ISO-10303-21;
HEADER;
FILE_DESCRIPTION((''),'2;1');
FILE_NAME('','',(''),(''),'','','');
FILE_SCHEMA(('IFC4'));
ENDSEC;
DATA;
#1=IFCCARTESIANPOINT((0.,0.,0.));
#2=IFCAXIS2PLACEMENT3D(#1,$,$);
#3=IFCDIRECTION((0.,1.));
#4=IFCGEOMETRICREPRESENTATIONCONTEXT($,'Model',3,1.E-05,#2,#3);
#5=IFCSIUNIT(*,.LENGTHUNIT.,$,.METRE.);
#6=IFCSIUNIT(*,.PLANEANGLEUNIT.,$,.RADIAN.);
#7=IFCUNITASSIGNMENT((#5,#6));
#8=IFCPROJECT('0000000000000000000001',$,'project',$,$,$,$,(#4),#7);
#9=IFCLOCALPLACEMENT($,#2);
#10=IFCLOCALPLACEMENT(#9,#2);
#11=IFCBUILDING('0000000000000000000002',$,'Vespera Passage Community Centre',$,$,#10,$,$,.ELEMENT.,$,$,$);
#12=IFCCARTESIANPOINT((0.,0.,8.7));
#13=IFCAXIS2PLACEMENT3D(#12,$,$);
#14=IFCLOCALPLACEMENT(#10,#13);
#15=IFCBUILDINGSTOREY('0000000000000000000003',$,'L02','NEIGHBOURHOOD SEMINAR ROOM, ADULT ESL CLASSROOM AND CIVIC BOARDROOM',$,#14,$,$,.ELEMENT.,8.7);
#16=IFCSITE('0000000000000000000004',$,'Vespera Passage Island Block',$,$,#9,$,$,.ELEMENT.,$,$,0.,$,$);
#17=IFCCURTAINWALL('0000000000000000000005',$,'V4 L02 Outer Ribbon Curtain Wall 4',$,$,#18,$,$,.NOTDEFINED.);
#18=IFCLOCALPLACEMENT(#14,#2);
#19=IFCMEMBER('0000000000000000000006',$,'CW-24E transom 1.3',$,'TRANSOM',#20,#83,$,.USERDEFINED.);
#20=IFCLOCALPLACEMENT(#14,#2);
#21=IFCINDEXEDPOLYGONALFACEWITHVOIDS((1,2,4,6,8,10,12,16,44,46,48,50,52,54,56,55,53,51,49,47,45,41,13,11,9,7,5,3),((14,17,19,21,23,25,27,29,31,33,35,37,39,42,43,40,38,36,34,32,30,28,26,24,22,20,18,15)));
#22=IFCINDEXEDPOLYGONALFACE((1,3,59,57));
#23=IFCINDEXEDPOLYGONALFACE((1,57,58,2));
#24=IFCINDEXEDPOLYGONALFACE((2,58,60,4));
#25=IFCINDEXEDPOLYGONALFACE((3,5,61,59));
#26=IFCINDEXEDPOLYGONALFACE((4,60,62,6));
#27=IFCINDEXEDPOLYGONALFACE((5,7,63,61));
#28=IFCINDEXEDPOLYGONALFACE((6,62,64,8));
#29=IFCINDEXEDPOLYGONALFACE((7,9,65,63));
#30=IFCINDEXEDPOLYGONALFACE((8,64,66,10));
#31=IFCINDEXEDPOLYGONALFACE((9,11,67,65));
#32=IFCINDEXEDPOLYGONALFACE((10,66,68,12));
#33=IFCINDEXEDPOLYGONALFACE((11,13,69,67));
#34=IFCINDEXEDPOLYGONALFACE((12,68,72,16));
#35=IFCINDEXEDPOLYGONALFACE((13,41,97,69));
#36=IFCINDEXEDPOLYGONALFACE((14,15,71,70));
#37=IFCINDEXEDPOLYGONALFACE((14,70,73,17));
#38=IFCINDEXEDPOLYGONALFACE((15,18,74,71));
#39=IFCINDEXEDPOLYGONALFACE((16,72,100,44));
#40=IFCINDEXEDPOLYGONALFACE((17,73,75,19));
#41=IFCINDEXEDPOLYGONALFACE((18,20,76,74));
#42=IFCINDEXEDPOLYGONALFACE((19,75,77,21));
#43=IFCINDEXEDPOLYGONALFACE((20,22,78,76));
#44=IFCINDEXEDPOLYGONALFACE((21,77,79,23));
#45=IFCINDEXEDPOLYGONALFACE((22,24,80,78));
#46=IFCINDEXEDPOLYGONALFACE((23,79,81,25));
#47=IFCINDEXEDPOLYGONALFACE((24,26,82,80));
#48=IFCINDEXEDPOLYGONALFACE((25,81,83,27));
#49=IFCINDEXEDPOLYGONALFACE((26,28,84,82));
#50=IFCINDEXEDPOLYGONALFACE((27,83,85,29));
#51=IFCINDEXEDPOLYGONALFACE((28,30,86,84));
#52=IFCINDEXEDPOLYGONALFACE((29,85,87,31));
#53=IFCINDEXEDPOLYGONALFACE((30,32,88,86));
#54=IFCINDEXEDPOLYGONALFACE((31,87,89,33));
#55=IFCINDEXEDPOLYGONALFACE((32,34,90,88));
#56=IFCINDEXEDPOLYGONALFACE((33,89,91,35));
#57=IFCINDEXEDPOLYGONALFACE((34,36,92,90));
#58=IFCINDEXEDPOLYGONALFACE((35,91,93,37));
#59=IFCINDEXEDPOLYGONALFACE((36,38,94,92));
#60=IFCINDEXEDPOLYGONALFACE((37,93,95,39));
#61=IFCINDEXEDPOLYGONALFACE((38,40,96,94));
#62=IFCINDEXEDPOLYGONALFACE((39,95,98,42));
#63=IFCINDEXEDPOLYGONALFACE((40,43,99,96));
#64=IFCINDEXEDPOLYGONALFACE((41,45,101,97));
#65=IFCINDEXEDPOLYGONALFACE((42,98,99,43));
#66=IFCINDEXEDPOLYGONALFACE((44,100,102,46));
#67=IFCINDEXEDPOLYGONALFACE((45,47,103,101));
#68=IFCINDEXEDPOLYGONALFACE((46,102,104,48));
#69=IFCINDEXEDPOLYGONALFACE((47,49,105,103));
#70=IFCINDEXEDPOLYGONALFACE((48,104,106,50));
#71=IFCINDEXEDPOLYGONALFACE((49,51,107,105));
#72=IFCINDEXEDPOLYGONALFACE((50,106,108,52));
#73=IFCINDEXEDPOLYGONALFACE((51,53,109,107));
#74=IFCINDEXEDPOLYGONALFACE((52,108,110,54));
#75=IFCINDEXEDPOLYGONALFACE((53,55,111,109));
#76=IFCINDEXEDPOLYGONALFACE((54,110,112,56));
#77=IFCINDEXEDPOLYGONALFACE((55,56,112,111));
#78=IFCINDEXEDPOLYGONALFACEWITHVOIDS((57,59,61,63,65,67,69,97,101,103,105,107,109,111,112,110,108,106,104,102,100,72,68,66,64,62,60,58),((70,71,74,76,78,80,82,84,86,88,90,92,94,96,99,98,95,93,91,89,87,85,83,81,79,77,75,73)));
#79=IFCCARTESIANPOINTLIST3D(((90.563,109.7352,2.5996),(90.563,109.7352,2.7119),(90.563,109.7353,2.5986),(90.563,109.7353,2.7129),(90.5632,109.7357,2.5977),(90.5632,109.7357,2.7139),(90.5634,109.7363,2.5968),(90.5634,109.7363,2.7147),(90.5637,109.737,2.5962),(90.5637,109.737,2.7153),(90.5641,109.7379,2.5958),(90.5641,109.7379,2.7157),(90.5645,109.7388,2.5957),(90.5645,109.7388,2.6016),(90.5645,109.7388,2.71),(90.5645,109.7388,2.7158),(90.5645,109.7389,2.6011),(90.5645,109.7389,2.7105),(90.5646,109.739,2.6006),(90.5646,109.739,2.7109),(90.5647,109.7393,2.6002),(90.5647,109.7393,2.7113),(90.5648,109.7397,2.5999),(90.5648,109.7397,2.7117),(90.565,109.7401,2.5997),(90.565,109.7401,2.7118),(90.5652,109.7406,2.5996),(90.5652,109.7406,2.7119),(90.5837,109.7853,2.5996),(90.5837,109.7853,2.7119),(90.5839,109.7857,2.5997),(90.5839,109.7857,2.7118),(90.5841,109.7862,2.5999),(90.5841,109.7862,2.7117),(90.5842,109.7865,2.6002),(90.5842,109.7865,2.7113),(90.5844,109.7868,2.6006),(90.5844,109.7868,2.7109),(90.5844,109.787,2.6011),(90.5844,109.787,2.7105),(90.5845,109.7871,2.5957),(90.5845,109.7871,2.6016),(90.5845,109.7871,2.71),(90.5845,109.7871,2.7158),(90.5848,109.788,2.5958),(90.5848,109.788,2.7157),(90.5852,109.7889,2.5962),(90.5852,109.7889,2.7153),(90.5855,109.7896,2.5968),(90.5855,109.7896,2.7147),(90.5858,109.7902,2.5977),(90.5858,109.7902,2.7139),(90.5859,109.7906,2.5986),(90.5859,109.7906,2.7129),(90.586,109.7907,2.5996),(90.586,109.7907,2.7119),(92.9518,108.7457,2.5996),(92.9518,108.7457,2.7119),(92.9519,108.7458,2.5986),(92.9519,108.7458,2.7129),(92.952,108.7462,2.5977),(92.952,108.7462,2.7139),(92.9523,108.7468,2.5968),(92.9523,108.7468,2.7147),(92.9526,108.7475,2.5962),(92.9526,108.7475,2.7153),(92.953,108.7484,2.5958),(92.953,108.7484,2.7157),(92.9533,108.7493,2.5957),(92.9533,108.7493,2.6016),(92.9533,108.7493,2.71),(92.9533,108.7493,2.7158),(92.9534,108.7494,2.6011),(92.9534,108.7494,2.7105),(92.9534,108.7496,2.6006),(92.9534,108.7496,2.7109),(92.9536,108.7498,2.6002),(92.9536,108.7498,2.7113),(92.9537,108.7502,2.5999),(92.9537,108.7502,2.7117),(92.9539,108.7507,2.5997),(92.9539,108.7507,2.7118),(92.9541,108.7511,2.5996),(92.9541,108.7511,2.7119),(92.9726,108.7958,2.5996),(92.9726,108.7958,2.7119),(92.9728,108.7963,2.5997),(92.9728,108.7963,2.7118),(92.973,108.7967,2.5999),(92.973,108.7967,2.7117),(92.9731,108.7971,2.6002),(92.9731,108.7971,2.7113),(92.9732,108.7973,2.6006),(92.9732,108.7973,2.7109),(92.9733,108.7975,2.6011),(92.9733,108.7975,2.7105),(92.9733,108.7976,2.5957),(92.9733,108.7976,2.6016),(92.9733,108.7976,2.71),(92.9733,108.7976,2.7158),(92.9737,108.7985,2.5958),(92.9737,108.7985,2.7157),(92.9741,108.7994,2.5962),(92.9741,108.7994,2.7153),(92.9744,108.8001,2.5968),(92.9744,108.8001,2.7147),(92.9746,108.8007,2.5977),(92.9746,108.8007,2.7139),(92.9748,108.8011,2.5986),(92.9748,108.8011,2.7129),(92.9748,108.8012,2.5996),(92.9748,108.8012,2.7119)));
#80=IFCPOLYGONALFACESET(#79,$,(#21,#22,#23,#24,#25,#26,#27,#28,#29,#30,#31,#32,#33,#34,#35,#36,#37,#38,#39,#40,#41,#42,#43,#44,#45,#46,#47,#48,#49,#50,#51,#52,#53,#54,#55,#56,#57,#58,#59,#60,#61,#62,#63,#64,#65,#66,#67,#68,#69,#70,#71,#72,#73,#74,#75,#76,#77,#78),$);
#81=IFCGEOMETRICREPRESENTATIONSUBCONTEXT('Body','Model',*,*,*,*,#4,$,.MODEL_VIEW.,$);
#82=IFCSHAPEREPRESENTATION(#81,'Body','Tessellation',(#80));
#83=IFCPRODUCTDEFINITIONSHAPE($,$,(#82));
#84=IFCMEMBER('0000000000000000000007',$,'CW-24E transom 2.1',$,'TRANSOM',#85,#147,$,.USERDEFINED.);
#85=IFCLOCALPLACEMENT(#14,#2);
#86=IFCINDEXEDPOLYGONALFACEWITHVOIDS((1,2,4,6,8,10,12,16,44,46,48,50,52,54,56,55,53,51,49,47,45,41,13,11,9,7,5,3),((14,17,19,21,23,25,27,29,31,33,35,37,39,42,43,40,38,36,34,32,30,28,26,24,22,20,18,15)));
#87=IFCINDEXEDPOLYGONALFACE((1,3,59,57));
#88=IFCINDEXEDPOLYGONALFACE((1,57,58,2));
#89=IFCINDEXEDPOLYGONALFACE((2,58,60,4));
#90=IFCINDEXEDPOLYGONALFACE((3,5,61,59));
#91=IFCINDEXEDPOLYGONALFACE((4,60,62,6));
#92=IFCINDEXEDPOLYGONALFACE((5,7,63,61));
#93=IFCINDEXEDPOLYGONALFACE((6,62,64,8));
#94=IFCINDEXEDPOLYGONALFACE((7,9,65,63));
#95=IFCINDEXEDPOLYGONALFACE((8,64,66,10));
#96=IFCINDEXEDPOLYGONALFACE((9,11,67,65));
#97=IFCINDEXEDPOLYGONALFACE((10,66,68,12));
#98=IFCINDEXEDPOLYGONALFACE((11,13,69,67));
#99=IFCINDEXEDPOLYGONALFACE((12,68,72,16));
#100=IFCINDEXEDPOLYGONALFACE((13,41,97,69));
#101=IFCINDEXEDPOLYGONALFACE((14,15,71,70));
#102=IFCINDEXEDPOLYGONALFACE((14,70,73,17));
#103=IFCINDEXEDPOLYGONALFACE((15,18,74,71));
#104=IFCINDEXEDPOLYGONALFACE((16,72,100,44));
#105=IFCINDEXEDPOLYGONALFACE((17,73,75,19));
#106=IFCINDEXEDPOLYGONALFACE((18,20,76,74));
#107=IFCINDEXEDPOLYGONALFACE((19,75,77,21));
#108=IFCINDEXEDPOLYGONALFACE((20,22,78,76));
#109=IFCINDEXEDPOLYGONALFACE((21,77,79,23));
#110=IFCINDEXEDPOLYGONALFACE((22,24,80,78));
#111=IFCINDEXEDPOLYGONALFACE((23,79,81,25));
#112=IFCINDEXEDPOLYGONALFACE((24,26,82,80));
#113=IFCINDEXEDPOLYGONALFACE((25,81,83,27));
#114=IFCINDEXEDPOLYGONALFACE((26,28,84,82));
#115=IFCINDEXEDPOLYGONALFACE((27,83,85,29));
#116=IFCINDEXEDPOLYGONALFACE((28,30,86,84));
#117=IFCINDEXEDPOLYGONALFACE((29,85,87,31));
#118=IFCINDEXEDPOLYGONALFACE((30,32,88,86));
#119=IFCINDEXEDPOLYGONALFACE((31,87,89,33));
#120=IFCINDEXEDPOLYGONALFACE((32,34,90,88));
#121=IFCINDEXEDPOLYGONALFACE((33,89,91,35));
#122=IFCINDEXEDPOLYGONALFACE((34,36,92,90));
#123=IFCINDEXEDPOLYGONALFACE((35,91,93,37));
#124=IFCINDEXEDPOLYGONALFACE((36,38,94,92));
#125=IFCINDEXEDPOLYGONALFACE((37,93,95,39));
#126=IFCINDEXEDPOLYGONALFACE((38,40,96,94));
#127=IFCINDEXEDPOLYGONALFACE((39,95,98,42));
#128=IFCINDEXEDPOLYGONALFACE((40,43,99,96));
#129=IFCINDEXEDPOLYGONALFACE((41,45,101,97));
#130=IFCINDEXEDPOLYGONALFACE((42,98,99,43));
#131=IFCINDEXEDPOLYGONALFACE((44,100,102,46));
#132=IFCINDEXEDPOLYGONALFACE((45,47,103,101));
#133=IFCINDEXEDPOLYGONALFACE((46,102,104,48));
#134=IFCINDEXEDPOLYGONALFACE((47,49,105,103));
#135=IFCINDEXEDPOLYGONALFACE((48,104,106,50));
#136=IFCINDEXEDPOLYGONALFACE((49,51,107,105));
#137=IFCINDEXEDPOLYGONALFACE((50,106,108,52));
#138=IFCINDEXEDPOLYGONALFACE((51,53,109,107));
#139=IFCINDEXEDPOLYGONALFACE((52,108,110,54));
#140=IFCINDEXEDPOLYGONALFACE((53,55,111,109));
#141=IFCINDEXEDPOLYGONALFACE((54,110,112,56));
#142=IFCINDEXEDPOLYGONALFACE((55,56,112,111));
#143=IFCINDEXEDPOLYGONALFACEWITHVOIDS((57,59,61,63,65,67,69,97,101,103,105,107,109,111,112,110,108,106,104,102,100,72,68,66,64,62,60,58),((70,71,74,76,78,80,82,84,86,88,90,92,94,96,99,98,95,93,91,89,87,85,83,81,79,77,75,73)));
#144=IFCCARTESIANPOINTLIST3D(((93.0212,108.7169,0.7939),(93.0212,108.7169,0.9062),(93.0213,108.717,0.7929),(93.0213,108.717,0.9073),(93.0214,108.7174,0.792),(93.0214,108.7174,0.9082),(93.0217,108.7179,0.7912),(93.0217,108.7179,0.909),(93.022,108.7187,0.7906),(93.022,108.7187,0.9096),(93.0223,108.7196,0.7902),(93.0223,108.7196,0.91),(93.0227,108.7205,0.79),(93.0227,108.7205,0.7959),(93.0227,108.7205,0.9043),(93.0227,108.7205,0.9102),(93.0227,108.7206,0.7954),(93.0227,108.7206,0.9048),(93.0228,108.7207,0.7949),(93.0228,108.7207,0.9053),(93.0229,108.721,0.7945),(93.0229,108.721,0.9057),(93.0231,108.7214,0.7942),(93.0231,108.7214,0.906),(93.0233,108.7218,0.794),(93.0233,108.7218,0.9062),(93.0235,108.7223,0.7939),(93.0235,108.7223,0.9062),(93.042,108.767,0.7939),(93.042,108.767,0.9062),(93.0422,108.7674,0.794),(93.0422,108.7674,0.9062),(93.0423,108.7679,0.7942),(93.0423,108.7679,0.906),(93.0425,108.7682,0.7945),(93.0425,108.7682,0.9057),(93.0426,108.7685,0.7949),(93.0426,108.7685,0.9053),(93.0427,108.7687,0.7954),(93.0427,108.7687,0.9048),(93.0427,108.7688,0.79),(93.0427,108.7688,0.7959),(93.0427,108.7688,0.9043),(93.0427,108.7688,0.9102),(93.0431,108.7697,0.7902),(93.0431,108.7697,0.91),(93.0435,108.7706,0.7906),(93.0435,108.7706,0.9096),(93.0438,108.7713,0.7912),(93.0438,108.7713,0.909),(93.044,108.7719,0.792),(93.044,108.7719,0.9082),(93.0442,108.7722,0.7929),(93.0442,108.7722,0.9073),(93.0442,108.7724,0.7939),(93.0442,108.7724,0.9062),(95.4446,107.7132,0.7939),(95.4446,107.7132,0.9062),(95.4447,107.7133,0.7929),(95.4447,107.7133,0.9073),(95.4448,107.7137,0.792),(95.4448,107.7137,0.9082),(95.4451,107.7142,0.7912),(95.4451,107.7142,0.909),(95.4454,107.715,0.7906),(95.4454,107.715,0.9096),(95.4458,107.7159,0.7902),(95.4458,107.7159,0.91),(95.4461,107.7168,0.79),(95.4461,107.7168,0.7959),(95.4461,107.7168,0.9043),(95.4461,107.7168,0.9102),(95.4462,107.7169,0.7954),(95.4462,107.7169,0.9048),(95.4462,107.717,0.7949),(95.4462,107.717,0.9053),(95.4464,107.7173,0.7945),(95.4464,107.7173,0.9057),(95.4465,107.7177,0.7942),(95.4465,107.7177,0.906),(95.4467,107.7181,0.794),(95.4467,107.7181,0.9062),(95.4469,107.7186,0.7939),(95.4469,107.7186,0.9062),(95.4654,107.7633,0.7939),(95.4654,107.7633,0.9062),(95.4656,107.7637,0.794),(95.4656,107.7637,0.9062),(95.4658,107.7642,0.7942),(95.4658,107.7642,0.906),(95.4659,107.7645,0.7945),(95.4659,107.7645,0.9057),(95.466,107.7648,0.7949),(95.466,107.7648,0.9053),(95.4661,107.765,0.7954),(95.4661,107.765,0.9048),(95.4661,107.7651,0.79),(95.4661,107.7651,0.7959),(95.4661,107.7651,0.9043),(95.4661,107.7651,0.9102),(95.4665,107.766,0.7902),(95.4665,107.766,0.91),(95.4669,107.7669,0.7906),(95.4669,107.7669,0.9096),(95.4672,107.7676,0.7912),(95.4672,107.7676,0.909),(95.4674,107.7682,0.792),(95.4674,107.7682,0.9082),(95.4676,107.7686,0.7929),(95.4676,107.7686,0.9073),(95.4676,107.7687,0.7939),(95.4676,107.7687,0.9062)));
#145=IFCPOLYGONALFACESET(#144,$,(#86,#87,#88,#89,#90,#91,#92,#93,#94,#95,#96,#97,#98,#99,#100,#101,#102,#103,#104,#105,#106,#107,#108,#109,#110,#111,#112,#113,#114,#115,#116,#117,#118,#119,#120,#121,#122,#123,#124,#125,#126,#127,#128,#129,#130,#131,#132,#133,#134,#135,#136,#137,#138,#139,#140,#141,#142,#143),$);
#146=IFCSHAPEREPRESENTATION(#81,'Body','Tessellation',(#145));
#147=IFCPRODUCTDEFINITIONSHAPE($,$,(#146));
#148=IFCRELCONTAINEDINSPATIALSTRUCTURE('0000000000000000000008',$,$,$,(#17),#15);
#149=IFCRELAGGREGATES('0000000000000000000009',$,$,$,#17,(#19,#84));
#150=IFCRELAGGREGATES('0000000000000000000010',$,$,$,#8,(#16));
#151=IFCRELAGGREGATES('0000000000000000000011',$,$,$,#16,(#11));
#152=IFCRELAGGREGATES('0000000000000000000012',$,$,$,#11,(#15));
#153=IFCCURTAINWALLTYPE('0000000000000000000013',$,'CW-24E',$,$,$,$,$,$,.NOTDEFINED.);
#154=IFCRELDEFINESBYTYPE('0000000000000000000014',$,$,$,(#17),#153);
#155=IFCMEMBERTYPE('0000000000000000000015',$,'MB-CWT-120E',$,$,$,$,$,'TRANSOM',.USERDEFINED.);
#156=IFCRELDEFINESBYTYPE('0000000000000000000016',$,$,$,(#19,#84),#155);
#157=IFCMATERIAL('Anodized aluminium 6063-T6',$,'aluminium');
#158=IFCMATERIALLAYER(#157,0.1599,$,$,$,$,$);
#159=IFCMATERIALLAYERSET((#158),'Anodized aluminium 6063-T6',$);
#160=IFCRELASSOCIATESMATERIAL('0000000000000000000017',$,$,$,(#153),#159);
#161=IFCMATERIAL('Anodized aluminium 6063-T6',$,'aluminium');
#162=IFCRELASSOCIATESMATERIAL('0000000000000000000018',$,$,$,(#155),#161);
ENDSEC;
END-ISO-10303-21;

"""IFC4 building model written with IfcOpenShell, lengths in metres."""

from ifc_helpers import new_model, si_unit, direction, frame, origin, origin_2d, place, context, subcontext, project, spatial, hollow_rectangle, extrude, material, layer, layer_set, material_profile, profile_set, type_object, element, aggregate, save


model = new_model("IFC4")

# Units and contexts
model_context = context("Model", 3, precision=1e-05, world=origin(), true_north=direction((0.0, 1.0)))
body_context = subcontext(model_context, "Body", "Model", "MODEL_VIEW")
ifc_project = project(units=[si_unit("LENGTHUNIT", "METRE"), si_unit("PLANEANGLEUNIT", "RADIAN")], contexts=[model_context])

# Site, building, storey
site_placement = place(None, origin())
site = spatial("IfcSite", under=ifc_project, at=site_placement, Name="Vespera Passage Island Block", CompositionType="ELEMENT", RefElevation=0.0)
building_placement = place(site_placement, origin())
building = spatial("IfcBuilding", under=site, at=building_placement, Name="Vespera Passage Community Centre", CompositionType="ELEMENT")
storey_placement = place(building_placement, frame((0.0, 0.0, 8.7)))
storey = spatial("IfcBuildingStorey", under=building, at=storey_placement, Name="L02", Description="NEIGHBOURHOOD SEMINAR ROOM, ADULT ESL CLASSROOM AND CIVIC BOARDROOM", CompositionType="ELEMENT", Elevation=8.7)

# Curtain wall
ifc_material_1 = material(Name="Anodized aluminium 6063-T6", Category="aluminium")
ifc_layer_1 = layer(ifc_material_1, 0.1599)
ifc_layer_set_1 = layer_set([ifc_layer_1], Name="Anodized aluminium 6063-T6")
curtain_wall_type_1 = type_object("IfcCurtainWallType", Name="CW-24E", PredefinedType="NOTDEFINED", material=ifc_layer_set_1)
curtain_wall_1_placement = place(storey_placement, origin())
curtain_wall_1 = element("IfcCurtainWall", 1, at=curtain_wall_1_placement, inside=storey, type_object=curtain_wall_type_1, Name="V4 L02 Outer Ribbon Curtain Wall 4", PredefinedType="NOTDEFINED")

# Members
ifc_material_2 = material(Name="Anodized aluminium 6063-T6", Category="aluminium")
ifc_material_profile_1 = material_profile(ifc_material_2, hollow_rectangle(XDim=0.0601, YDim=0.1201, WallThickness=0.0039, InnerFilletRadius=0.002, OuterFilletRadius=0.0039, at=origin_2d()), Name="ALU120X60X4")
ifc_profile_set_1 = profile_set([ifc_material_profile_1], Name="Anodized aluminium 6063-T6")
member_type_1 = type_object("IfcMemberType", Name="MB-CWT-120E", ElementType="TRANSOM", PredefinedType="USERDEFINED", material=ifc_profile_set_1)
member_1_placement = place(storey_placement, frame((90.5745, 109.7629, 2.6558), z_axis=(0.923882, -0.382677, 0.0), x_axis=(0.382677, 0.923882, 0.0)))
member_1 = element("IfcMember", 2, at=member_1_placement, type_object=member_type_1, Name="CW-24E transom 1.3", ObjectType="TRANSOM", PredefinedType="USERDEFINED", context=body_context, shape_type="SweptSolid", body=[
    extrude(hollow_rectangle(XDim=0.0601, YDim=0.1201, WallThickness=0.0039, InnerFilletRadius=0.002, OuterFilletRadius=0.0039, at=origin_2d()), origin(), (0.0, 0.0, 1.0), 2.5857),
])
member_2_placement = place(storey_placement, frame((93.0327, 108.7446, 0.8501), z_axis=(0.923895, -0.382645, 0.0), x_axis=(0.382645, 0.923895, 0.0)))
member_2 = element("IfcMember", 3, at=member_2_placement, type_object=member_type_1, Name="CW-24E transom 2.1", ObjectType="TRANSOM", PredefinedType="USERDEFINED", context=body_context, shape_type="SweptSolid", body=[
    extrude(hollow_rectangle(XDim=0.0601, YDim=0.1201, WallThickness=0.0039, InnerFilletRadius=0.002, OuterFilletRadius=0.0039, at=origin_2d()), origin(), (0.0, 0.0, 1.0), 2.623),
])

aggregate(curtain_wall_1, [member_1, member_2])

save(model, "model.ifc")
